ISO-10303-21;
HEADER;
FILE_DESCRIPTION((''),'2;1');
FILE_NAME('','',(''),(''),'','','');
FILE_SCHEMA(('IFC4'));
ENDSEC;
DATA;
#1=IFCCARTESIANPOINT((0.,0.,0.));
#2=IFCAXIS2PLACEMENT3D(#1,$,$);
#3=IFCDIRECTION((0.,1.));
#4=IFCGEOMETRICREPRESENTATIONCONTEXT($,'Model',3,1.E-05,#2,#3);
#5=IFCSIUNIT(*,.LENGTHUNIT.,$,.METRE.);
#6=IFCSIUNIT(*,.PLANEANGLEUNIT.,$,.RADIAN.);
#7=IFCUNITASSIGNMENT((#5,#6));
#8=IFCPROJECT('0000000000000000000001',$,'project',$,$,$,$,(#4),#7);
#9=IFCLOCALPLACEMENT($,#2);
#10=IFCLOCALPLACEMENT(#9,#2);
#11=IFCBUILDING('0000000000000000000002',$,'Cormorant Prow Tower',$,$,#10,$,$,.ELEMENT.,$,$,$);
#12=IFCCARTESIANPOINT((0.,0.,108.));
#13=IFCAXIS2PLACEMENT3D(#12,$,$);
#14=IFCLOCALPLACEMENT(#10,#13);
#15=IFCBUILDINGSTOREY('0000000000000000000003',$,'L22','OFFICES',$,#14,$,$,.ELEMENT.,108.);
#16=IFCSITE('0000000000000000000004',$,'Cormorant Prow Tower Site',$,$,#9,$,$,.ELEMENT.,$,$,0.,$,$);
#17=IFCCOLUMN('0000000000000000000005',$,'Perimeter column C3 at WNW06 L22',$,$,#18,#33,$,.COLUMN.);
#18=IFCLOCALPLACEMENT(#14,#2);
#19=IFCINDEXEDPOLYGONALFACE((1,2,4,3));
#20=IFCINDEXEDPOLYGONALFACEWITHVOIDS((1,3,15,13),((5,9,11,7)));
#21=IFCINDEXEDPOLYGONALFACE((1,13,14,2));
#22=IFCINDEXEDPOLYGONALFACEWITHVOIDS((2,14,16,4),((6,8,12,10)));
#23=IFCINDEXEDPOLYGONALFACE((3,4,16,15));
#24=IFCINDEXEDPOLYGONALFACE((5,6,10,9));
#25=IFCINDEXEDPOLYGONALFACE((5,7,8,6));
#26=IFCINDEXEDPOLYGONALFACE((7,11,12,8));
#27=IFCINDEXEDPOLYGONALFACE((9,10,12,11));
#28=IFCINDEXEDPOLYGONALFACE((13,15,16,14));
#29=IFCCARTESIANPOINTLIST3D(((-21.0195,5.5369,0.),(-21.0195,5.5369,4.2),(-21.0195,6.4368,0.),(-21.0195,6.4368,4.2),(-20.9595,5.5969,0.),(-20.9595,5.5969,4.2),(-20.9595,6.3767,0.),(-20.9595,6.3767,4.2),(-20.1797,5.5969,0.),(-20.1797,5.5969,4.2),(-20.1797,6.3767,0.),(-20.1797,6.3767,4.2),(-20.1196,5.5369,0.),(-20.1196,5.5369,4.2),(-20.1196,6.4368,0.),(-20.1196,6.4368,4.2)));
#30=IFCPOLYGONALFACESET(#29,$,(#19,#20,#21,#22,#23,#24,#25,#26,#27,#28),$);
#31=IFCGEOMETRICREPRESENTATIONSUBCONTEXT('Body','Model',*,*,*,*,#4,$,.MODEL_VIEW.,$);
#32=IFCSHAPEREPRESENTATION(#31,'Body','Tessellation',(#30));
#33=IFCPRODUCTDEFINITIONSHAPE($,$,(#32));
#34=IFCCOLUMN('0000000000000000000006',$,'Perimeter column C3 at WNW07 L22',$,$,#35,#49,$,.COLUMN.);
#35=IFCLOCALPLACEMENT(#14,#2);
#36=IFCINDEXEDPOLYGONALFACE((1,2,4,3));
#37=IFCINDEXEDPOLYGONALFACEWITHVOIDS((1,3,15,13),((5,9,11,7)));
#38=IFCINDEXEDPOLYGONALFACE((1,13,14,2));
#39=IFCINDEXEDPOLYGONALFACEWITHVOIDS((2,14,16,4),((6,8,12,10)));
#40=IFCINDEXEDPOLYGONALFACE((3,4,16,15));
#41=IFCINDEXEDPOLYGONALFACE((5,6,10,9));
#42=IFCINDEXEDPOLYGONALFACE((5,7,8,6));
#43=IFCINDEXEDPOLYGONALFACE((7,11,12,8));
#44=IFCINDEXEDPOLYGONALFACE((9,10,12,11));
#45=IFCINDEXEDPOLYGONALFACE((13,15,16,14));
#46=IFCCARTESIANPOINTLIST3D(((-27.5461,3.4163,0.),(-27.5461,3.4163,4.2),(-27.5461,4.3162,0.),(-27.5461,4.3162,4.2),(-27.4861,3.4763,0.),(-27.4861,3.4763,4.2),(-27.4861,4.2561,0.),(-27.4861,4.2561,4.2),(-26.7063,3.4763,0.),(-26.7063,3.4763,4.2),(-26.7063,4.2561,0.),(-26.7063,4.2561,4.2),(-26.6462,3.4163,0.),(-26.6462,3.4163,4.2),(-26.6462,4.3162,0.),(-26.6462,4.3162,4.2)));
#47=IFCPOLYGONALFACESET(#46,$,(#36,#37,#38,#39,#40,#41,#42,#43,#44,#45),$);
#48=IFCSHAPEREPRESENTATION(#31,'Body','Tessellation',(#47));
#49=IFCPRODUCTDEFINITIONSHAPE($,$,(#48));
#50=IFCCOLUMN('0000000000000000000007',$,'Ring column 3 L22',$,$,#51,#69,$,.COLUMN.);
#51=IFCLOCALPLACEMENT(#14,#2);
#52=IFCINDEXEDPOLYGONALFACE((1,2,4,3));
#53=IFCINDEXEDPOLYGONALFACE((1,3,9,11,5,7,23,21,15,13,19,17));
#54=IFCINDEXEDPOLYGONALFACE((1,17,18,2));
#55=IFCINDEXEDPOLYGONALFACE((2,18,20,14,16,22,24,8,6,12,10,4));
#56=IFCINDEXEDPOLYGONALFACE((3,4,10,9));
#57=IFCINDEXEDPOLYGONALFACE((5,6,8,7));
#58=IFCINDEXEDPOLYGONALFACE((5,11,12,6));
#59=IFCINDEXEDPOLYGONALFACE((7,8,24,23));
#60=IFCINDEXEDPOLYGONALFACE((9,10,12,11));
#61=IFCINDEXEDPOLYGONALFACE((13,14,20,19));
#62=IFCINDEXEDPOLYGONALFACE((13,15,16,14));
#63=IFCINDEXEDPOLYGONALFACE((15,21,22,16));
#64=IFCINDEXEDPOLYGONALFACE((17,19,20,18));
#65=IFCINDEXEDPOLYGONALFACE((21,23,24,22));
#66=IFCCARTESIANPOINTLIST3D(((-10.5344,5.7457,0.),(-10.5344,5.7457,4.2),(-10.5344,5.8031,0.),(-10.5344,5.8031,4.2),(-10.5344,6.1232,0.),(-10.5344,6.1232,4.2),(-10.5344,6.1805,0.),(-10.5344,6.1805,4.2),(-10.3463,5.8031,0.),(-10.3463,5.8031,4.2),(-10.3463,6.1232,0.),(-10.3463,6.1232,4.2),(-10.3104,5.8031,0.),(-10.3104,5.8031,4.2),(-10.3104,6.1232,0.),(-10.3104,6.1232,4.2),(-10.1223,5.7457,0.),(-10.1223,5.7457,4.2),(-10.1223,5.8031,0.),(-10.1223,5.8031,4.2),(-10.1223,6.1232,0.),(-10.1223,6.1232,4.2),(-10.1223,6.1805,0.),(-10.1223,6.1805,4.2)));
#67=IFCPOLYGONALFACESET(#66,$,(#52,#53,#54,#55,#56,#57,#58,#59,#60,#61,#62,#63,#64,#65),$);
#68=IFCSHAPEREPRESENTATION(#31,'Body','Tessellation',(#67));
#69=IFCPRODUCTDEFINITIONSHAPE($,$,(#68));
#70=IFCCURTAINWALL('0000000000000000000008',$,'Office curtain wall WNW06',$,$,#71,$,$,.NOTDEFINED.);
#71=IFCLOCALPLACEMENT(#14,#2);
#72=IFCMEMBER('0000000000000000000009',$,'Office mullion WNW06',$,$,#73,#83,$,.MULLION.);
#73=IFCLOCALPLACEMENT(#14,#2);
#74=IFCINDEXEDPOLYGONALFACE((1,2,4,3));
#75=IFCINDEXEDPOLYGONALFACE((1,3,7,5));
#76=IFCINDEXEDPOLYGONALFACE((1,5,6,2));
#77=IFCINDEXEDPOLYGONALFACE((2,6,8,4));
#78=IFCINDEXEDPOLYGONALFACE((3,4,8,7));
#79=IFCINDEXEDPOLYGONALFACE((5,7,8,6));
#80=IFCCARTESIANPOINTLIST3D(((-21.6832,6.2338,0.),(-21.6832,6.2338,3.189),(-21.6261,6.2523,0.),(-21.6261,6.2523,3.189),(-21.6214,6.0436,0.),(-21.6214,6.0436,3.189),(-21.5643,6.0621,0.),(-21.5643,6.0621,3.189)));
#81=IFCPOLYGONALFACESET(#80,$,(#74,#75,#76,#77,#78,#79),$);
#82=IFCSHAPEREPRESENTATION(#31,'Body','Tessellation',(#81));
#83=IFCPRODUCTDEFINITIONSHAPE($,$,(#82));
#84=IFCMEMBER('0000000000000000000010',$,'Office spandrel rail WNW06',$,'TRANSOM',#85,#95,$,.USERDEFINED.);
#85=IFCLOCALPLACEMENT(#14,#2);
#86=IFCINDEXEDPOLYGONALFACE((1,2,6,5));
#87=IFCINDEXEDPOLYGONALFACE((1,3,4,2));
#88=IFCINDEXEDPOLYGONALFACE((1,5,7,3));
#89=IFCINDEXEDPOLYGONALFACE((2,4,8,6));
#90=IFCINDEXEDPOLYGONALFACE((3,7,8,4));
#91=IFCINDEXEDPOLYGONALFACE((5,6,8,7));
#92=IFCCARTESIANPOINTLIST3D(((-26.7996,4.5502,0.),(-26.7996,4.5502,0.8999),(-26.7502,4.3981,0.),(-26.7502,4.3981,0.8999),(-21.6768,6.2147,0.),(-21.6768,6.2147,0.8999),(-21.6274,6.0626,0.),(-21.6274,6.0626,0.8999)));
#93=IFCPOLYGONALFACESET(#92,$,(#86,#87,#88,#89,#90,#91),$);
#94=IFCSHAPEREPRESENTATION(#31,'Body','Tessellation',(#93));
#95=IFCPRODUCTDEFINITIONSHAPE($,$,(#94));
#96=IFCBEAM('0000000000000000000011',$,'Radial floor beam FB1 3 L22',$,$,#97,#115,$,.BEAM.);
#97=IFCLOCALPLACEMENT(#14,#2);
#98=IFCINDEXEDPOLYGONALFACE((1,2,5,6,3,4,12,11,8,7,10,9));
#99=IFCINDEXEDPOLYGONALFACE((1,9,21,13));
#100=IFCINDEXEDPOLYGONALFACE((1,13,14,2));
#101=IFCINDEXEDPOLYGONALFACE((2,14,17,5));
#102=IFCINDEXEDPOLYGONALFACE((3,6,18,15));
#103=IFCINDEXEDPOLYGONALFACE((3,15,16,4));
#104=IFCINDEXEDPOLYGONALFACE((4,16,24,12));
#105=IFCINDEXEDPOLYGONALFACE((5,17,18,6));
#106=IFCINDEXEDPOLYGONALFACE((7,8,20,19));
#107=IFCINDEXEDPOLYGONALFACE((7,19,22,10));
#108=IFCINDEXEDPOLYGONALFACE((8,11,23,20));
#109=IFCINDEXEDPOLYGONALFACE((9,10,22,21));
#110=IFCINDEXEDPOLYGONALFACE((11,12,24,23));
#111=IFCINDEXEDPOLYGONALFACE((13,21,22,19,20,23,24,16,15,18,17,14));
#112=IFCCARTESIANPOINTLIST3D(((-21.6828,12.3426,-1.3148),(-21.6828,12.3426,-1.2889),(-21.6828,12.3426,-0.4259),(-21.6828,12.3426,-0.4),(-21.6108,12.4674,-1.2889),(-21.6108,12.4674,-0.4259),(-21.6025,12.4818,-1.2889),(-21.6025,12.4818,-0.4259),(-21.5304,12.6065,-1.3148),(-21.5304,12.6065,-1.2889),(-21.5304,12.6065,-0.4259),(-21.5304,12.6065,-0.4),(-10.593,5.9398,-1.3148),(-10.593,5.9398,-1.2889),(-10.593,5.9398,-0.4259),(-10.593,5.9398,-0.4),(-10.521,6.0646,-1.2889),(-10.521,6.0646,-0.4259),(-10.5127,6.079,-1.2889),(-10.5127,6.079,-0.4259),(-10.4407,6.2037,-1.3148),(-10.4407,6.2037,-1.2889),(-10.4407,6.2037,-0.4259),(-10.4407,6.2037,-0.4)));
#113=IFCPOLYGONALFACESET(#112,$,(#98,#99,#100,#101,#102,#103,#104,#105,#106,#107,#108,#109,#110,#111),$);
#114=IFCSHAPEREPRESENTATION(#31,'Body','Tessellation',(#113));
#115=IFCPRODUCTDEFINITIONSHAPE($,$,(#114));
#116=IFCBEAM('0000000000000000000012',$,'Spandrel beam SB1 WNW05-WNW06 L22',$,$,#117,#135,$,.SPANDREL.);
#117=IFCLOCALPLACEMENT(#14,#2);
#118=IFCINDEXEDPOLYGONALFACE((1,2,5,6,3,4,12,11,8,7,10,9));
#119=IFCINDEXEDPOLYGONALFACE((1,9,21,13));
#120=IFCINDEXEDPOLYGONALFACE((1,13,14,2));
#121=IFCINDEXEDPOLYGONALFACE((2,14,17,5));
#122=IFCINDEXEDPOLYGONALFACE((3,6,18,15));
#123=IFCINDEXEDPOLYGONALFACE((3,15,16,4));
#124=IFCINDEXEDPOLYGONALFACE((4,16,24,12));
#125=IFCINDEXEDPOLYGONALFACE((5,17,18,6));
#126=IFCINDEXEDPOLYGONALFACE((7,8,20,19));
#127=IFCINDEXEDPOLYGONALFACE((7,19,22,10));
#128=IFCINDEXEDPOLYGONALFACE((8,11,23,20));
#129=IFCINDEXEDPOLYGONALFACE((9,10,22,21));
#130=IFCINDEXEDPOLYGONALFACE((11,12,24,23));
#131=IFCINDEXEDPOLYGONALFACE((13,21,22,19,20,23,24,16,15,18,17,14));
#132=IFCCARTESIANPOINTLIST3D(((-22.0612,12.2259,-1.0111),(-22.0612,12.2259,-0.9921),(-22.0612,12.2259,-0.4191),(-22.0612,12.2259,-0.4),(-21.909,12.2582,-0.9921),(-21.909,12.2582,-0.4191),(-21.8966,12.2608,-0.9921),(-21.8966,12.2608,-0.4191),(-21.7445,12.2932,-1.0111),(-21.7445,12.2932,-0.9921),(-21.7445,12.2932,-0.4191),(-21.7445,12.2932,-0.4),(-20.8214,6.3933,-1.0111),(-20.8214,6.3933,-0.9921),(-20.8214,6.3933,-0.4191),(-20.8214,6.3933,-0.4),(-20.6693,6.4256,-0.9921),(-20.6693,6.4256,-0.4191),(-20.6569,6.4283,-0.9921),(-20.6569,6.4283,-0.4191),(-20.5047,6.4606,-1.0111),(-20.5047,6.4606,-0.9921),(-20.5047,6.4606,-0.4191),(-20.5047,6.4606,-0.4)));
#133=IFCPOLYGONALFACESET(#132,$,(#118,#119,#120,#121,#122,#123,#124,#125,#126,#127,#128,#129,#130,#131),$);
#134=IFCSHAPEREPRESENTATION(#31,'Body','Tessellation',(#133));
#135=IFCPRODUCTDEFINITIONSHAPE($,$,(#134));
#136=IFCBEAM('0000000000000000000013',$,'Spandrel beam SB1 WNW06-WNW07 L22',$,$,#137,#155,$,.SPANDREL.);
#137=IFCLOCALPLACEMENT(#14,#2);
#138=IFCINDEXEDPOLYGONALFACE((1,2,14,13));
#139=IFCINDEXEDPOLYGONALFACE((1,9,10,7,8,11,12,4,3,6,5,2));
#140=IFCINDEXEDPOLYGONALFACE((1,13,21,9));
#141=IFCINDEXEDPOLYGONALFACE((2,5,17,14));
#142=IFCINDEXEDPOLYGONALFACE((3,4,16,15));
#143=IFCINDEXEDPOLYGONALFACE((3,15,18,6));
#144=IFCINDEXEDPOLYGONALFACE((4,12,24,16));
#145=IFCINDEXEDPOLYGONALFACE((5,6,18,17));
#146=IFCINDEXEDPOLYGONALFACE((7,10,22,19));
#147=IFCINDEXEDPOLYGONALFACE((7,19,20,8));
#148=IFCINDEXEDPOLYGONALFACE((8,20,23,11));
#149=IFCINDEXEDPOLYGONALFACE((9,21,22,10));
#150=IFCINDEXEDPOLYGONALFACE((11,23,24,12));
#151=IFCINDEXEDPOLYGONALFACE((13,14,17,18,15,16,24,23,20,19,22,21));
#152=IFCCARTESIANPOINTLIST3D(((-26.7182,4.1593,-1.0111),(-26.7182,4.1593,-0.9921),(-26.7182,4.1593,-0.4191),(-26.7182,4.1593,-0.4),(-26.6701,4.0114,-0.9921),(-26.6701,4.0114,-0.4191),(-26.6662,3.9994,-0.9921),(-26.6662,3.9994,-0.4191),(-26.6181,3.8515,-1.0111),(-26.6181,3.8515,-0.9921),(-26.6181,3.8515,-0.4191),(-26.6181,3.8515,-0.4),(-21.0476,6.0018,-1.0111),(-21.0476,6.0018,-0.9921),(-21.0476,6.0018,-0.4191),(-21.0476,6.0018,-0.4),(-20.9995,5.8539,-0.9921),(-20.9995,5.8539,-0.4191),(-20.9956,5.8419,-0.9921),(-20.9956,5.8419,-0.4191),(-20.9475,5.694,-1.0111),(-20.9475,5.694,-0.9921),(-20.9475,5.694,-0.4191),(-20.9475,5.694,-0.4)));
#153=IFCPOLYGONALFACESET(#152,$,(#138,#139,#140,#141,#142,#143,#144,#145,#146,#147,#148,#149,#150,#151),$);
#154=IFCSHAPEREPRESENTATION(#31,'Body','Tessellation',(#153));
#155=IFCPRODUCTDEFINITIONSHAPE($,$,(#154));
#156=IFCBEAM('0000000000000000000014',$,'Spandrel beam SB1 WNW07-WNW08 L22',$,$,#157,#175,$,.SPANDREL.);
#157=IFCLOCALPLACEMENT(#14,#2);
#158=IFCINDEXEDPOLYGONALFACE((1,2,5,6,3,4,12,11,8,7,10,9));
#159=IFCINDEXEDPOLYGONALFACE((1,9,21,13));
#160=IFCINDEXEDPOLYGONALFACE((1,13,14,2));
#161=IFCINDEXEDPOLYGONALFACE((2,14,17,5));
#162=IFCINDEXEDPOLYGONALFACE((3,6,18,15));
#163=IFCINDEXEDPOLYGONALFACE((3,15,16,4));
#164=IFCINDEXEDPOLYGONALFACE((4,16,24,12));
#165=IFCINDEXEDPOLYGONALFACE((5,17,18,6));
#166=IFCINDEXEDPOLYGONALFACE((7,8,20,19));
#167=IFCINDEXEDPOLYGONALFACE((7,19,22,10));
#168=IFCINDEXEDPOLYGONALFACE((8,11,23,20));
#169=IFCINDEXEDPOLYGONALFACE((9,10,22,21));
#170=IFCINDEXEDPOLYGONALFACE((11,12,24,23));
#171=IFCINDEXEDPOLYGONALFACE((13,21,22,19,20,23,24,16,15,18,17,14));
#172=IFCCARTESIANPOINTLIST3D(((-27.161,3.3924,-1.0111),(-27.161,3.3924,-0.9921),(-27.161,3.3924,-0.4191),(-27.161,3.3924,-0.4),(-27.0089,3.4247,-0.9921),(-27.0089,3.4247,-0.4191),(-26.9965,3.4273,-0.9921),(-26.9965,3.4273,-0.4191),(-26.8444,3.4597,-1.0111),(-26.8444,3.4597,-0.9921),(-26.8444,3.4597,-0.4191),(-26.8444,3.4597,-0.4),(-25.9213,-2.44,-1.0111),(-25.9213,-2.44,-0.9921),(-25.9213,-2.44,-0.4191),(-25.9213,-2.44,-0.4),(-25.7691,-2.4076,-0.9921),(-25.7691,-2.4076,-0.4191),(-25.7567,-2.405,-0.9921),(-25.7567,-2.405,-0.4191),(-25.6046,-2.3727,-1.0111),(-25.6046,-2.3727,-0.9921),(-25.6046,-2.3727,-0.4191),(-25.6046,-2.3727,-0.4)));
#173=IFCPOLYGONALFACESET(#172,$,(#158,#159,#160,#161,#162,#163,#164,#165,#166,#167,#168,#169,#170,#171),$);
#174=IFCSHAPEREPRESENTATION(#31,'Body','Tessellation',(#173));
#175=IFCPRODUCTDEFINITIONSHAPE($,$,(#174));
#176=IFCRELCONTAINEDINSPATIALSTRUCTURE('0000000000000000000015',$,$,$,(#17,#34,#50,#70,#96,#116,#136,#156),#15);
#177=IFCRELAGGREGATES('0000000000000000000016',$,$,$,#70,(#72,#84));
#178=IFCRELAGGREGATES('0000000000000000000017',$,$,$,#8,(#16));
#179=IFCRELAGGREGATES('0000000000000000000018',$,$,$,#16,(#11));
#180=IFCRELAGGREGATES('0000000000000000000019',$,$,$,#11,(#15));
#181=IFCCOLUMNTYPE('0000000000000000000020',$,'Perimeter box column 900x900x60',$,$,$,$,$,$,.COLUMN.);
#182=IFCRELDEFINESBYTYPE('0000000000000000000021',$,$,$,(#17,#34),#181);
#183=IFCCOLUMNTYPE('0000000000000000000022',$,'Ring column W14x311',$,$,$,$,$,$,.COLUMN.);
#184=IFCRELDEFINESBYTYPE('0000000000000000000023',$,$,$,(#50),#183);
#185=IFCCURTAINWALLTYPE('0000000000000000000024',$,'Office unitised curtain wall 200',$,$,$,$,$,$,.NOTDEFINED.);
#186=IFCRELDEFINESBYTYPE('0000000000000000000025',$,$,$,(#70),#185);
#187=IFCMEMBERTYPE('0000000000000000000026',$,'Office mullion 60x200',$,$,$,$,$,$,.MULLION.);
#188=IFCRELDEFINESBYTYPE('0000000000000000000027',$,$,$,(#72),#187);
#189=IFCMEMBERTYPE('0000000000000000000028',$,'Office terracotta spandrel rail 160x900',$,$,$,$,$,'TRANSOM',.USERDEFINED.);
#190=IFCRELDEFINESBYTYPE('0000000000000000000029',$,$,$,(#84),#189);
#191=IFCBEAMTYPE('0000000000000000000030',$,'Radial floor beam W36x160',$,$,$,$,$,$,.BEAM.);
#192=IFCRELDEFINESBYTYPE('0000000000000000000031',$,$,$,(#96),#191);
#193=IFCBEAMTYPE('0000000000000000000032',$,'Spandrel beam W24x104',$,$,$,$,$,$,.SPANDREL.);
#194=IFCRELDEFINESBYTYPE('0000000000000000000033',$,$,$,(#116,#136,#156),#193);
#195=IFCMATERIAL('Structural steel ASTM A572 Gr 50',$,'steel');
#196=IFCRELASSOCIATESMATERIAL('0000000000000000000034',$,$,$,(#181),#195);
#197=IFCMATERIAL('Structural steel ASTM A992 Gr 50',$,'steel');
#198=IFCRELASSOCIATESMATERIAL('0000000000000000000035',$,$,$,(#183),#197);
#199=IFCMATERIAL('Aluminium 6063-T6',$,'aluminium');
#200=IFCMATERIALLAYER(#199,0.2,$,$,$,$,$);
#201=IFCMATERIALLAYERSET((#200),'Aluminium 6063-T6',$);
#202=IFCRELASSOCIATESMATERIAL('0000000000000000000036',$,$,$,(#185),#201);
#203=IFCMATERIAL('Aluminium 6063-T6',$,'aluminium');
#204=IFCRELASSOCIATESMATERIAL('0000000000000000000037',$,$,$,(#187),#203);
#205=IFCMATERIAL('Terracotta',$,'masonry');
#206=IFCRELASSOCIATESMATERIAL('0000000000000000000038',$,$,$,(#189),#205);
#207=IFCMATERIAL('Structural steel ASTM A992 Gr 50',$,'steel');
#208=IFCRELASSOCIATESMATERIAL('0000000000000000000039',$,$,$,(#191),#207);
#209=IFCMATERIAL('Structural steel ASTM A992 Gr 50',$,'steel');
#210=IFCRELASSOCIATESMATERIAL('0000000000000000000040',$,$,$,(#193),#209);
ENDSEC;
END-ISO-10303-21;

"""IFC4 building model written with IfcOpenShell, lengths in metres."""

from ifc_helpers import new_model, si_unit, direction, frame, origin, origin_2d, place, context, subcontext, project, spatial, rectangle, hollow_rectangle, i_section, extrude, material, layer, layer_set, material_profile, profile_set, type_object, element, aggregate, save


model = new_model("IFC4")

# Units and contexts
model_context = context("Model", 3, precision=1e-05, world=origin(), true_north=direction((0.0, 1.0)))
body_context = subcontext(model_context, "Body", "Model", "MODEL_VIEW")
ifc_project = project(units=[si_unit("LENGTHUNIT", "METRE"), si_unit("PLANEANGLEUNIT", "RADIAN")], contexts=[model_context])

# Site, building, storey
site_placement = place(None, origin())
site = spatial("IfcSite", under=ifc_project, at=site_placement, Name="Cormorant Prow Tower Site", CompositionType="ELEMENT", RefElevation=0.0)
building_placement = place(site_placement, origin())
building = spatial("IfcBuilding", under=site, at=building_placement, Name="Cormorant Prow Tower", CompositionType="ELEMENT")
storey_placement = place(building_placement, frame((0.0, 0.0, 108.0)))
storey = spatial("IfcBuildingStorey", under=building, at=storey_placement, Name="L22", Description="OFFICES", CompositionType="ELEMENT", Elevation=108.0)

# Columns
ifc_material_1 = material(Name="Structural steel ASTM A572 Gr 50", Category="steel")
ifc_material_profile_1 = material_profile(ifc_material_1, hollow_rectangle(XDim=0.8999, YDim=0.8999, WallThickness=0.0601, at=origin_2d()), Name="Box 900x900x60")
ifc_profile_set_1 = profile_set([ifc_material_profile_1], Name="Structural steel ASTM A572 Gr 50")
column_type_1 = type_object("IfcColumnType", Name="Perimeter box column 900x900x60", PredefinedType="COLUMN", material=ifc_profile_set_1)
for number, where, z_axis, x_axis, name in (
    (1, (-20.5696, 5.9868, 0.0), (0.0, 0.0, 1.0), (1.0, 0.0, 0.0), "Perimeter column C3 at WNW06 L22"),
    (2, (-27.0962, 3.8662, 0.0), (0.0, 0.0, 1.0), (1.0, 0.0, 0.0), "Perimeter column C3 at WNW07 L22"),
):
    element("IfcColumn", number, at=place(storey_placement, frame(where, z_axis=z_axis, x_axis=x_axis)), inside=storey, type_object=column_type_1, Name=name, PredefinedType="COLUMN", context=body_context, shape_type="SweptSolid", body=[
        extrude(hollow_rectangle(XDim=0.8999, YDim=0.8999, WallThickness=0.0601, at=origin_2d()), origin(), (0.0, 0.0, 1.0), 4.2),
    ])
ifc_material_2 = material(Name="Structural steel ASTM A992 Gr 50", Category="steel")
ifc_material_profile_2 = material_profile(ifc_material_2, i_section(OverallWidth=0.4121, OverallDepth=0.4348, WebThickness=0.0359, FlangeThickness=0.0574, at=origin_2d()), Name="W14x311")
ifc_profile_set_2 = profile_set([ifc_material_profile_2], Name="Structural steel ASTM A992 Gr 50")
column_type_2 = type_object("IfcColumnType", Name="Ring column W14x311", PredefinedType="COLUMN", material=ifc_profile_set_2)
column_placement = place(storey_placement, frame((-10.3284, 5.9631, 0.0), z_axis=(0.0, 0.0, 1.0), x_axis=(1.0, 0.0, 0.0)))
element("IfcColumn", 3, at=column_placement, inside=storey, type_object=column_type_2, Name="Ring column 3 L22", PredefinedType="COLUMN", context=body_context, shape_type="SweptSolid", body=[
    extrude(i_section(OverallWidth=0.4121, OverallDepth=0.4348, WebThickness=0.0359, FlangeThickness=0.0574, at=origin_2d()), origin(), (0.0, 0.0, 1.0), 4.2),
])

# Curtain wall, members
ifc_material_3 = material(Name="Aluminium 6063-T6", Category="aluminium")
ifc_layer_1 = layer(ifc_material_3, 0.2)
ifc_layer_set_1 = layer_set([ifc_layer_1], Name="Aluminium 6063-T6")
curtain_wall_type = type_object("IfcCurtainWallType", Name="Office unitised curtain wall 200", PredefinedType="NOTDEFINED", material=ifc_layer_set_1)
curtain_wall_placement = place(storey_placement, origin())
curtain_wall = element("IfcCurtainWall", 4, at=curtain_wall_placement, inside=storey, type_object=curtain_wall_type, Name="Office curtain wall WNW06", PredefinedType="NOTDEFINED")
ifc_material_4 = material(Name="Aluminium 6063-T6", Category="aluminium")
ifc_material_profile_3 = material_profile(ifc_material_4, rectangle(XDim=0.2, YDim=0.0601, at=origin_2d()), Name="Office mullion 60x200")
ifc_profile_set_3 = profile_set([ifc_material_profile_3], Name="Aluminium 6063-T6")
member_type_1 = type_object("IfcMemberType", Name="Office mullion 60x200", PredefinedType="MULLION", material=ifc_profile_set_3)
member_1_placement = place(storey_placement, frame((-21.6238, 6.1479, 0.0), z_axis=(0.0, 0.0, 1.0), x_axis=(0.309017, -0.951057, 0.0)))
member_1 = element("IfcMember", 5, at=member_1_placement, type_object=member_type_1, Name="Office mullion WNW06", PredefinedType="MULLION", context=body_context, shape_type="SweptSolid", body=[
    extrude(rectangle(XDim=0.2, YDim=0.0601, at=origin_2d()), origin(), (0.0, 0.0, 1.0), 3.189),
])
ifc_material_5 = material(Name="Terracotta", Category="masonry")
ifc_material_profile_4 = material_profile(ifc_material_5, rectangle(XDim=0.1599, YDim=0.8999, at=origin_2d()), Name="Office terracotta spandrel rail 160x900")
ifc_profile_set_4 = profile_set([ifc_material_profile_4], Name="Terracotta")
member_type_2 = type_object("IfcMemberType", Name="Office terracotta spandrel rail 160x900", ElementType="TRANSOM", PredefinedType="USERDEFINED", material=ifc_profile_set_4)
member_2_placement = place(storey_placement, frame((-21.6521, 6.1387, 0.45), z_axis=(-0.951054, -0.309026, 0.0), x_axis=(0.309026, -0.951054, 0.0)))
member_2 = element("IfcMember", 6, at=member_2_placement, type_object=member_type_2, Name="Office spandrel rail WNW06", ObjectType="TRANSOM", PredefinedType="USERDEFINED", context=body_context, shape_type="SweptSolid", body=[
    extrude(rectangle(XDim=0.1599, YDim=0.8999, at=origin_2d()), origin(), (0.0, 0.0, 1.0), 5.3865),
])

# Beams
ifc_material_6 = material(Name="Structural steel ASTM A992 Gr 50", Category="steel")
ifc_material_profile_5 = material_profile(ifc_material_6, i_section(OverallWidth=0.3047, OverallDepth=0.9148, WebThickness=0.0166, FlangeThickness=0.0259, at=origin_2d()), Name="W36x160")
ifc_profile_set_5 = profile_set([ifc_material_profile_5], Name="Structural steel ASTM A992 Gr 50")
beam_type_1 = type_object("IfcBeamType", Name="Radial floor beam W36x160", PredefinedType="BEAM", material=ifc_profile_set_5)
beam_1_placement = place(storey_placement, frame((-10.5168, 6.0718, -0.8574), z_axis=(-0.866022, 0.500006, 0.0), x_axis=(-0.500006, -0.866022, 0.0)))
element("IfcBeam", 7, at=beam_1_placement, inside=storey, type_object=beam_type_1, Name="Radial floor beam FB1 3 L22", PredefinedType="BEAM", context=body_context, shape_type="SweptSolid", body=[
    extrude(i_section(OverallWidth=0.3047, OverallDepth=0.9148, WebThickness=0.0166, FlangeThickness=0.0259, at=origin_2d()), origin(), (0.0, 0.0, 1.0), 12.8054),
])
ifc_material_7 = material(Name="Structural steel ASTM A992 Gr 50", Category="steel")
ifc_material_profile_6 = material_profile(ifc_material_7, i_section(OverallWidth=0.3237, OverallDepth=0.6111, WebThickness=0.0127, FlangeThickness=0.019, at=origin_2d()), Name="W24x104")
ifc_profile_set_6 = profile_set([ifc_material_profile_6], Name="Structural steel ASTM A992 Gr 50")
beam_type_2 = type_object("IfcBeamType", Name="Spandrel beam W24x104", PredefinedType="SPANDREL", material=ifc_profile_set_6)
beam_2_placement = place(storey_placement, frame((-21.9028, 12.2595, -0.7056), z_axis=(0.207913, -0.978147, 0.0), x_axis=(0.978147, 0.207913, 0.0)))
element("IfcBeam", 8, at=beam_2_placement, inside=storey, type_object=beam_type_2, Name="Spandrel beam SB1 WNW05-WNW06 L22", PredefinedType="SPANDREL", context=body_context, shape_type="SweptSolid", body=[
    extrude(i_section(OverallWidth=0.3237, OverallDepth=0.6111, WebThickness=0.0127, FlangeThickness=0.019, at=origin_2d()), origin(), (0.0, 0.0, 1.0), 5.9629),
])
beam_3_placement = place(storey_placement, frame((-20.9976, 5.8479, -0.7056), z_axis=(-0.951055, -0.30902, 0.0), x_axis=(0.30902, -0.951055, 0.0)))
element("IfcBeam", 9, at=beam_3_placement, inside=storey, type_object=beam_type_2, Name="Spandrel beam SB1 WNW06-WNW07 L22", PredefinedType="SPANDREL", context=body_context, shape_type="SweptSolid", body=[
    extrude(i_section(OverallWidth=0.3237, OverallDepth=0.6111, WebThickness=0.0127, FlangeThickness=0.019, at=origin_2d()), origin(), (0.0, 0.0, 1.0), 5.9624),
])
beam_4_placement = place(storey_placement, frame((-27.0027, 3.426, -0.7056), z_axis=(0.207921, -0.978146, 0.0), x_axis=(0.978146, 0.207921, 0.0)))
element("IfcBeam", 10, at=beam_4_placement, inside=storey, type_object=beam_type_2, Name="Spandrel beam SB1 WNW07-WNW08 L22", PredefinedType="SPANDREL", context=body_context, shape_type="SweptSolid", body=[
    extrude(i_section(OverallWidth=0.3237, OverallDepth=0.6111, WebThickness=0.0127, FlangeThickness=0.019, at=origin_2d()), origin(), (0.0, 0.0, 1.0), 5.9626),
])

aggregate(curtain_wall, [member_1, member_2])

save(model, "model.ifc")
